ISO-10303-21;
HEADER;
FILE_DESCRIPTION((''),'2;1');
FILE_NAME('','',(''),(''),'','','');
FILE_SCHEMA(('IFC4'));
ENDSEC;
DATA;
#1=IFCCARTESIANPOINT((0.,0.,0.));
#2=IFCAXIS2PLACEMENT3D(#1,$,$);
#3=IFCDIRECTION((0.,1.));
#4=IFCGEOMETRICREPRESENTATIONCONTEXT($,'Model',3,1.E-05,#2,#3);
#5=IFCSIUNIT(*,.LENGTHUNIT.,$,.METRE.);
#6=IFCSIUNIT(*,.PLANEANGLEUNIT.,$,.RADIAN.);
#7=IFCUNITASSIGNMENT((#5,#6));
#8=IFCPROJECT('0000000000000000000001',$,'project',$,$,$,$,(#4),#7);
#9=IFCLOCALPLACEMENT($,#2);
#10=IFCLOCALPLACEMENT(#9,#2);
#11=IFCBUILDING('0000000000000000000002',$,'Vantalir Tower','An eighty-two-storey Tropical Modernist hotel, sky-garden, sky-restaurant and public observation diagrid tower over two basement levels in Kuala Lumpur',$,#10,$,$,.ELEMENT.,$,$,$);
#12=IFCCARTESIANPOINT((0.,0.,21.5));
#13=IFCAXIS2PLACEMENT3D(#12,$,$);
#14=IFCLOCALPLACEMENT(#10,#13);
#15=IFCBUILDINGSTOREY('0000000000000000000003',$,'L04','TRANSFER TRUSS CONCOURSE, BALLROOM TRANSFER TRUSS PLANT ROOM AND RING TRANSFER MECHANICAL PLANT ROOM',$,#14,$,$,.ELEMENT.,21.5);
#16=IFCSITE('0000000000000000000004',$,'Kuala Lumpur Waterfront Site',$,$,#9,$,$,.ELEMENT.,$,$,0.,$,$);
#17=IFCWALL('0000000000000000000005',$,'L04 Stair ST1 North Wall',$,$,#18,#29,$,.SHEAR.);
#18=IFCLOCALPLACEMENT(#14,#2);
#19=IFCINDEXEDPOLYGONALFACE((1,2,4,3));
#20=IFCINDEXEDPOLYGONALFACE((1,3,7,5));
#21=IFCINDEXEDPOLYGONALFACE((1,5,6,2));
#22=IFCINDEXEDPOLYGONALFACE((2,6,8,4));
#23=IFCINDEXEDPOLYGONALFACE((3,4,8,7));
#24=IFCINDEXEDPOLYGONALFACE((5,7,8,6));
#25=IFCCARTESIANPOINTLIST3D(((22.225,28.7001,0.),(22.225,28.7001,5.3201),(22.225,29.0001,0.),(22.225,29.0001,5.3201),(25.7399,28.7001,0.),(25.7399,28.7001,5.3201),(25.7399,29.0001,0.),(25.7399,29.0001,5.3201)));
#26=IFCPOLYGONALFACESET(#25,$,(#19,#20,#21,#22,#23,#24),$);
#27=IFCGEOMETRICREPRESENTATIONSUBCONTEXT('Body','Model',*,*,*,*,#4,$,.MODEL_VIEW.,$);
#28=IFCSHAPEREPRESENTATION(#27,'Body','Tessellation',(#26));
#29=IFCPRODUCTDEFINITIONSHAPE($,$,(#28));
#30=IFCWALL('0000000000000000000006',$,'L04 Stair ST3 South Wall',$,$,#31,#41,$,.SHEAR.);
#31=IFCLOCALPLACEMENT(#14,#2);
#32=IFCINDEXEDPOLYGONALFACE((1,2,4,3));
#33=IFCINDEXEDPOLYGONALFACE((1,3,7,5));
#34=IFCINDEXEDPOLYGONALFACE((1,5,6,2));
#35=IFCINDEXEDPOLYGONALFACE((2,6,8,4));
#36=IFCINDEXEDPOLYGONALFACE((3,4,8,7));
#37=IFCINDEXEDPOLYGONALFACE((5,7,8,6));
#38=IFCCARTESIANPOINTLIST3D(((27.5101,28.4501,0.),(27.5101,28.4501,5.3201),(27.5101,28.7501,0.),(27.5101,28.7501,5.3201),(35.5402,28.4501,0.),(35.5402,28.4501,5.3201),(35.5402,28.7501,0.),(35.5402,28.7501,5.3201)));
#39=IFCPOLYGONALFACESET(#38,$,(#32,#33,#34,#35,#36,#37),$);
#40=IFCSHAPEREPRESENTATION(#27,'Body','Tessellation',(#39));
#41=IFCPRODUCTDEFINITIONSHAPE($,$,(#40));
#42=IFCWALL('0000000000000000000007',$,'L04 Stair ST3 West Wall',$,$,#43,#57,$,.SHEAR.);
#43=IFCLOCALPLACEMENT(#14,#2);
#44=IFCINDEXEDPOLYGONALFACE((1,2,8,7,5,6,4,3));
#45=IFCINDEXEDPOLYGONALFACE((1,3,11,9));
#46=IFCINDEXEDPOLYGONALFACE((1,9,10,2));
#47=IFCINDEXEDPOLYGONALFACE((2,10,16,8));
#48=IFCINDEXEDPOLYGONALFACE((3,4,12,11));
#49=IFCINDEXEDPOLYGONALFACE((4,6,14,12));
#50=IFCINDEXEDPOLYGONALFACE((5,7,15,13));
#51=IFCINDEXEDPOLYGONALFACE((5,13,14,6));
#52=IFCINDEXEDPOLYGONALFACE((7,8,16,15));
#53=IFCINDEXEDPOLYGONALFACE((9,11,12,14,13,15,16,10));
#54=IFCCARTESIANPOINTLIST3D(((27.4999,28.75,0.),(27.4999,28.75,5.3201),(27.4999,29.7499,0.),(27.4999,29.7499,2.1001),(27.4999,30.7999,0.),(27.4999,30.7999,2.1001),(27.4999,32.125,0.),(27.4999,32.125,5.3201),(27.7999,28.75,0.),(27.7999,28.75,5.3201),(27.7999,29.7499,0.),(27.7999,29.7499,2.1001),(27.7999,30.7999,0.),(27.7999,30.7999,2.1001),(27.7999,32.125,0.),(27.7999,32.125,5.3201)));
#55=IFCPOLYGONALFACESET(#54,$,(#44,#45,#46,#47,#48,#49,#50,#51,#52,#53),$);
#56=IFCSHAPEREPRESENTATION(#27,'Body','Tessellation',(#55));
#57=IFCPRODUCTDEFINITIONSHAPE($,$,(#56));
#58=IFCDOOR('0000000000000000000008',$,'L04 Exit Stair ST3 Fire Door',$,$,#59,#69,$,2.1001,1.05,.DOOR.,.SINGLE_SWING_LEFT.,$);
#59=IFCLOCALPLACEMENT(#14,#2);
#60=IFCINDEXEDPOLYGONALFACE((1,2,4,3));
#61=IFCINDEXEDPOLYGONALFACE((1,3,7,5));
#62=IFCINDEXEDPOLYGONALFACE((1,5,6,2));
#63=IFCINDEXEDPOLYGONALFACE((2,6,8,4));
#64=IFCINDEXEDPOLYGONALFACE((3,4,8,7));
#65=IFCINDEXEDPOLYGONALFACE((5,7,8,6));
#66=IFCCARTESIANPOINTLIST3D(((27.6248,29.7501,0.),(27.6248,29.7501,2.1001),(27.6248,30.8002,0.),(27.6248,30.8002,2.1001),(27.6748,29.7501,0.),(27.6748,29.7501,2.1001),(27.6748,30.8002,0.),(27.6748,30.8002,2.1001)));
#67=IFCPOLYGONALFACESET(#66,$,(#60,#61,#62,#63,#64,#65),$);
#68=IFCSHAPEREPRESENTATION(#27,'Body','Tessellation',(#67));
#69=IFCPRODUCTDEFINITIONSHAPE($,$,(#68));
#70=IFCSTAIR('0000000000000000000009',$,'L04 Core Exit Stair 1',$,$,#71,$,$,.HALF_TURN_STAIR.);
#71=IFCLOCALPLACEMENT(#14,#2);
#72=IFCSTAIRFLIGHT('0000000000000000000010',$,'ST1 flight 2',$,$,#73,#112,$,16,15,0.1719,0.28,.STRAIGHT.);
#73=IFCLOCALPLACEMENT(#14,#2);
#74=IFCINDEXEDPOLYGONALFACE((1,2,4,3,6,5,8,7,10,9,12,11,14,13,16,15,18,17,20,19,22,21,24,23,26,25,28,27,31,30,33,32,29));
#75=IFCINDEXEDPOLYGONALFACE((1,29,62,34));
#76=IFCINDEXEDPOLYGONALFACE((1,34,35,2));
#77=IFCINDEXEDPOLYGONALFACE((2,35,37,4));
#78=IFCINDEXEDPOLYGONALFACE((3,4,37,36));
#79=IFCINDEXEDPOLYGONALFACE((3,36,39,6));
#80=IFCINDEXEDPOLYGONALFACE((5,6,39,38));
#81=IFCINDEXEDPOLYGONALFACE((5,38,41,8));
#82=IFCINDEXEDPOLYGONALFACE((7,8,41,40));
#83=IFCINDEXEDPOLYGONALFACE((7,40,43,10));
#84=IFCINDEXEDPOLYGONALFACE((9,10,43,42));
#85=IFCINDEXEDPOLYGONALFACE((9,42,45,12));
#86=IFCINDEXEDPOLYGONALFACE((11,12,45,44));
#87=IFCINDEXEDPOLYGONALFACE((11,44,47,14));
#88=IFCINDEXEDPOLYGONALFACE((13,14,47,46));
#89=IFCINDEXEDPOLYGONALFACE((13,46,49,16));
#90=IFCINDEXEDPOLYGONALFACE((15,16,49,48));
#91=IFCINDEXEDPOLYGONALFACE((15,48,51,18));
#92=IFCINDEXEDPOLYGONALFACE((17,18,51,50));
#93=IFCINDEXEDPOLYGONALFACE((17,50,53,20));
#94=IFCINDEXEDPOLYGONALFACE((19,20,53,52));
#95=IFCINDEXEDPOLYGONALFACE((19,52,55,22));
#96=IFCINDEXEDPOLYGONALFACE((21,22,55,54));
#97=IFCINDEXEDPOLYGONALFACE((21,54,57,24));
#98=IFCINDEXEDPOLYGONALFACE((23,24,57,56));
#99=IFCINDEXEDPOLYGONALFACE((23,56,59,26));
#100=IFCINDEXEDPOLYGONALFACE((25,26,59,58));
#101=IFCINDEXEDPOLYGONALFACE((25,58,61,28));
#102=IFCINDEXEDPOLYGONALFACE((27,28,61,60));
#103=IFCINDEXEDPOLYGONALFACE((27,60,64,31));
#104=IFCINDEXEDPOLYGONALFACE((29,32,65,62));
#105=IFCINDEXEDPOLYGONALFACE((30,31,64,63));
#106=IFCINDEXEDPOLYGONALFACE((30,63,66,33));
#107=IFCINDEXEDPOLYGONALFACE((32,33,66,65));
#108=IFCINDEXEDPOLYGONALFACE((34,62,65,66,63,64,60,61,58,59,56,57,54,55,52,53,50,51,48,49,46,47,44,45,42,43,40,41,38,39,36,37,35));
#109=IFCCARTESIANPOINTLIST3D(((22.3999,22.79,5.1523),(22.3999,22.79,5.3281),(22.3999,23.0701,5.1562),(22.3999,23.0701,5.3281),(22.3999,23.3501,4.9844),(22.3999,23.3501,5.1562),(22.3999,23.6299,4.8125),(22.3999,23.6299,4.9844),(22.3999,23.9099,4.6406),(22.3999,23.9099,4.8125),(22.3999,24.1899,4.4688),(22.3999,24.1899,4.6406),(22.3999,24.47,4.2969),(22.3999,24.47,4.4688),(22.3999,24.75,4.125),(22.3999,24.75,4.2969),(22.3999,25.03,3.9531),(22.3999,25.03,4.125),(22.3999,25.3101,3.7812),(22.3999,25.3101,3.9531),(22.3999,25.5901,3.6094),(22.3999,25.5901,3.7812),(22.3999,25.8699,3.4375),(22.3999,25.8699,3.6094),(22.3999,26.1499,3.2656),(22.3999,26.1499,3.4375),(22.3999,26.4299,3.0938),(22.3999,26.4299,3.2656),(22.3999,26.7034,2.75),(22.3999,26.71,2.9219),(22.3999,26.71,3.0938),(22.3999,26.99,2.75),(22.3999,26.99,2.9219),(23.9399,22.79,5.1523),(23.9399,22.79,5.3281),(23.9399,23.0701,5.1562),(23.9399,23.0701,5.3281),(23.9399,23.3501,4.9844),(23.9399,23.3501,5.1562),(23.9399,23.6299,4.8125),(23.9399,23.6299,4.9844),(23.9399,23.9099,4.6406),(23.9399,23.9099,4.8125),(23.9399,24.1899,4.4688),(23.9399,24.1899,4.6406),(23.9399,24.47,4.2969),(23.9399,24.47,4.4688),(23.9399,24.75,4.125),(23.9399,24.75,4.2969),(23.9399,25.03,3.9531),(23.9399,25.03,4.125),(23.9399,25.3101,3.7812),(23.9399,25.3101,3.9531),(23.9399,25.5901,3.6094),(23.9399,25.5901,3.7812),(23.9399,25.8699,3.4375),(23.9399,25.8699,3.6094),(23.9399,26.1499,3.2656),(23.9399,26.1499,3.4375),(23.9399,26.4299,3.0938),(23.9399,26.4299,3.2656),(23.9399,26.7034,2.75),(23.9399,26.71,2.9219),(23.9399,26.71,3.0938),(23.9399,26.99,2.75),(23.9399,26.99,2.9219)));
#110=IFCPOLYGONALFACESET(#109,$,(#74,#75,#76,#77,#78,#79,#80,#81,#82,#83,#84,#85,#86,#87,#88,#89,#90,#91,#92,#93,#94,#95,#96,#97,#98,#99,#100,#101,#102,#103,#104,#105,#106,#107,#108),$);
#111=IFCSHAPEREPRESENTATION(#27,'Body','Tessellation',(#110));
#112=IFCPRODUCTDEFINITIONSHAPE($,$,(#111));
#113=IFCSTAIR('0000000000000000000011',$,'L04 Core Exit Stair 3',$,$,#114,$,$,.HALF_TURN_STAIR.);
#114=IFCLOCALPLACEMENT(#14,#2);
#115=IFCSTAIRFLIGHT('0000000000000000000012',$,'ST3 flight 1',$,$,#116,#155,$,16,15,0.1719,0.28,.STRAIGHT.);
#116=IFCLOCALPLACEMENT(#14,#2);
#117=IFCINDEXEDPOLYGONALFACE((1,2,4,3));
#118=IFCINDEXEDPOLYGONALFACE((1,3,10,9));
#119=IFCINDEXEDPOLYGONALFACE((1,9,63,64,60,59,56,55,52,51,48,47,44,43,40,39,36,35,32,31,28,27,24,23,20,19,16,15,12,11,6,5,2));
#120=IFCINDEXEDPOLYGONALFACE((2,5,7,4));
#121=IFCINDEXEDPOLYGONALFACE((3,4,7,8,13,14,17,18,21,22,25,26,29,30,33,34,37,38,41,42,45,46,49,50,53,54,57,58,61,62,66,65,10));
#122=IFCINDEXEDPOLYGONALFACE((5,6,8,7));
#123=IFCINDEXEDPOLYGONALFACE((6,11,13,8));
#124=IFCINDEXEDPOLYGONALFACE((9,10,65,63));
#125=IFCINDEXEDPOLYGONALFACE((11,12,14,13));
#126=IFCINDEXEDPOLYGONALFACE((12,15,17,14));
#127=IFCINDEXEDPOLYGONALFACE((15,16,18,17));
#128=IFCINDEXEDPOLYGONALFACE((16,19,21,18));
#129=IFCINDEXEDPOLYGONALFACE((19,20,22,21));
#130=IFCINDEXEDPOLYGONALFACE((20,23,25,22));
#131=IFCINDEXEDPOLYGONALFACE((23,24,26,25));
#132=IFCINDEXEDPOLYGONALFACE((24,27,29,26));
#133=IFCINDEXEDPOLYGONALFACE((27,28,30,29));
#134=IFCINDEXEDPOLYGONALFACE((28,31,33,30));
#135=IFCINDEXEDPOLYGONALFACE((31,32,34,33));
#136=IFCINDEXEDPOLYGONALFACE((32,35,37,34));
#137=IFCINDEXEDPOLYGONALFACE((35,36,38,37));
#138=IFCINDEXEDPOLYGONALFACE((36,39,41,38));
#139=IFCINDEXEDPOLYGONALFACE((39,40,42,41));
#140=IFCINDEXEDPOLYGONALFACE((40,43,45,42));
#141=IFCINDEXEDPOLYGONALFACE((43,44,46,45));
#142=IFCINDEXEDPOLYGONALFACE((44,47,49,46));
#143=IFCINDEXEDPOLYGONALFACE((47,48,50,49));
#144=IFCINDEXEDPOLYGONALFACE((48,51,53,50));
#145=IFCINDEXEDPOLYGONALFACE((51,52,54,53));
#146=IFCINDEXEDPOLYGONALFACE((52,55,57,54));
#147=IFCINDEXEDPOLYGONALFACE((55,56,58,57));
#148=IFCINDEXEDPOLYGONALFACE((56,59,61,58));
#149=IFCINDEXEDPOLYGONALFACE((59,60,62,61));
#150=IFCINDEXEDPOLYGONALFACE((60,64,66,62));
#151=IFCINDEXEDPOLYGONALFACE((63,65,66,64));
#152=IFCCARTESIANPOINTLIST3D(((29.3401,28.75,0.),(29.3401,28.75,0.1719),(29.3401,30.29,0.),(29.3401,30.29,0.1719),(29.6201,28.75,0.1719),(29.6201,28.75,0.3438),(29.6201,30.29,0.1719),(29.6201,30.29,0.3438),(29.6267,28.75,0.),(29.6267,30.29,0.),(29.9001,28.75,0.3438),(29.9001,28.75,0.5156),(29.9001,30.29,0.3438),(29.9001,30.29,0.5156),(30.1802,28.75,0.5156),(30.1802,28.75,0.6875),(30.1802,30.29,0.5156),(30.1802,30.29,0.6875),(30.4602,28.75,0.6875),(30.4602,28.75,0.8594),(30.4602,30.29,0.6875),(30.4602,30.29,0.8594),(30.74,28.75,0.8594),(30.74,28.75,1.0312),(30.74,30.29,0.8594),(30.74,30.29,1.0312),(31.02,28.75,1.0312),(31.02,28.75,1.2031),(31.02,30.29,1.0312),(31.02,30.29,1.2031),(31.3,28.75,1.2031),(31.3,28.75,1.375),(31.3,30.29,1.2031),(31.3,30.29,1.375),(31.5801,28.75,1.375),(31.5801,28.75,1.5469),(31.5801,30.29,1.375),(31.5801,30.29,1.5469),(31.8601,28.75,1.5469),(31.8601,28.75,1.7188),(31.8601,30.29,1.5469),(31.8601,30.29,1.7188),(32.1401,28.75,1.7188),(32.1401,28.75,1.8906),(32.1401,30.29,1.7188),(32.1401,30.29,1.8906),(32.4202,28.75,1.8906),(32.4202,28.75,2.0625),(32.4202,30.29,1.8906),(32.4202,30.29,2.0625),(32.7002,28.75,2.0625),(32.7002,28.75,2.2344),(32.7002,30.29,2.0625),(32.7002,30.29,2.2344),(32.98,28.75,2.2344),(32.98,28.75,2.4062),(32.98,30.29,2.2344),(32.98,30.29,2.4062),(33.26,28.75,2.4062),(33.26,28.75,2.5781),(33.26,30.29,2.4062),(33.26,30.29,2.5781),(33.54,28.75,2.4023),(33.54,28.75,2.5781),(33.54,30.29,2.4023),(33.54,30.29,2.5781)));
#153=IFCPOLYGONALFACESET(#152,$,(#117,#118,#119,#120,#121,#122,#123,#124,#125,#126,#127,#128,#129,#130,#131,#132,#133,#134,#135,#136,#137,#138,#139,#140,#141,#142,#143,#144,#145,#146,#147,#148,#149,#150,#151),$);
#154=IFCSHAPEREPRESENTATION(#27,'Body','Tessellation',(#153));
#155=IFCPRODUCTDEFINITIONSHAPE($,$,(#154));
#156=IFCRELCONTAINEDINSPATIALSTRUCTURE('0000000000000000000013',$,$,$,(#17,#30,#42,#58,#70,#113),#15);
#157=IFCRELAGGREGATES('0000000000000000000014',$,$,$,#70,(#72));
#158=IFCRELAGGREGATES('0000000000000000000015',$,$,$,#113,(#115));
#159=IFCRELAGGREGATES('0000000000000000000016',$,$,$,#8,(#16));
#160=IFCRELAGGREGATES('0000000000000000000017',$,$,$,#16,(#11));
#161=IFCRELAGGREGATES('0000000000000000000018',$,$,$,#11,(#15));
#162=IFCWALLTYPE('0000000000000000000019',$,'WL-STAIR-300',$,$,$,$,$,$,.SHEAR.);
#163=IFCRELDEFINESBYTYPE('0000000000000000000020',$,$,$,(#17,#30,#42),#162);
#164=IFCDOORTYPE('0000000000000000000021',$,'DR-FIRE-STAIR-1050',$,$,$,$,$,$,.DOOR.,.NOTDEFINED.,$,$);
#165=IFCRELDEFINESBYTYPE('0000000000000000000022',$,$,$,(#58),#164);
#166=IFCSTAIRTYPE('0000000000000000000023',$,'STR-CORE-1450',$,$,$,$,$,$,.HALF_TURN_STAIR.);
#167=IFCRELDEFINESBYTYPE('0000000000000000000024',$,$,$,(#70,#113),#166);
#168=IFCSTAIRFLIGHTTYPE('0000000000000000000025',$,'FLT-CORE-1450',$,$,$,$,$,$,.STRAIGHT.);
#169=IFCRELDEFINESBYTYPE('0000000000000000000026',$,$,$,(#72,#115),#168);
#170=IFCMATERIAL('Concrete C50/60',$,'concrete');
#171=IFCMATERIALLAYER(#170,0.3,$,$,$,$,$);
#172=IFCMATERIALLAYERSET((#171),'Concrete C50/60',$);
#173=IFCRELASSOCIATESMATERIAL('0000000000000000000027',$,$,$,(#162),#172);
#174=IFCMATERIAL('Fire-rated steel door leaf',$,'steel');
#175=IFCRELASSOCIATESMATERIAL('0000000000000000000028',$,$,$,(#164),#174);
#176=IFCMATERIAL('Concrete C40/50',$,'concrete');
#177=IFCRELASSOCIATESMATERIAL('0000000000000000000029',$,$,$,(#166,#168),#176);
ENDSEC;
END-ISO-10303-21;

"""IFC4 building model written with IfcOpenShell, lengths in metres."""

from ifc_helpers import new_model, si_unit, direction, frame, frame_2d, origin, place, context, subcontext, project, spatial, polyline, rectangle, outline, extrude, material, layer, layer_set, type_object, element, fill, aggregate, save


model = new_model("IFC4")

# Units and contexts
model_context = context("Model", 3, precision=1e-05, world=origin(), true_north=direction((0.0, 1.0)))
body_context = subcontext(model_context, "Body", "Model", "MODEL_VIEW")
ifc_project = project(units=[si_unit("LENGTHUNIT", "METRE"), si_unit("PLANEANGLEUNIT", "RADIAN")], contexts=[model_context])

# Site, building, storey
site_placement = place(None, origin())
site = spatial("IfcSite", under=ifc_project, at=site_placement, Name="Kuala Lumpur Waterfront Site", CompositionType="ELEMENT", RefElevation=0.0)
building_placement = place(site_placement, origin())
building = spatial("IfcBuilding", under=site, at=building_placement, Name="Vantalir Tower", Description="An eighty-two-storey Tropical Modernist hotel, sky-garden, sky-restaurant and public observation diagrid tower over two basement levels in Kuala Lumpur", CompositionType="ELEMENT")
storey_placement = place(building_placement, frame((0.0, 0.0, 21.5)))
storey = spatial("IfcBuildingStorey", under=building, at=storey_placement, Name="L04", Description="TRANSFER TRUSS CONCOURSE, BALLROOM TRANSFER TRUSS PLANT ROOM AND RING TRANSFER MECHANICAL PLANT ROOM", CompositionType="ELEMENT", Elevation=21.5)

# Shared definitions
ifc_material_1 = material(Name="Concrete C50/60", Category="concrete")

# Walls
ifc_layer_1 = layer(ifc_material_1, 0.3)
ifc_layer_set_1 = layer_set([ifc_layer_1], Name="Concrete C50/60")
wall_type_1 = type_object("IfcWallType", Name="WL-STAIR-300", PredefinedType="SHEAR", material=ifc_layer_set_1)
wall_1_placement = place(storey_placement, frame((22.2251, 28.8501, 0.0), z_axis=(0.0, 0.0, 1.0), x_axis=(1.0, 0.0, 0.0)))
element("IfcWall", 1, at=wall_1_placement, inside=storey, type_object=wall_type_1, Name="L04 Stair ST1 North Wall", PredefinedType="SHEAR", context=body_context, shape_type="SweptSolid", body=[
    extrude(rectangle(XDim=3.5149, YDim=0.3, at=frame_2d((1.7573, 0.0))), origin(), (0.0, 0.0, 1.0), 5.3201),
])
wall_2_placement = place(storey_placement, frame((27.51, 28.6001, 0.0), z_axis=(0.0, 0.0, 1.0), x_axis=(1.0, 0.0, 0.0)))
element("IfcWall", 2, at=wall_2_placement, inside=storey, type_object=wall_type_1, Name="L04 Stair ST3 South Wall", PredefinedType="SHEAR", context=body_context, shape_type="SweptSolid", body=[
    extrude(rectangle(XDim=8.03, YDim=0.3, at=frame_2d((4.0151, 0.0))), origin(), (0.0, 0.0, 1.0), 5.3201),
])

# Wall, opening, door
wall_3_placement = place(storey_placement, frame((27.6499, 28.75, 0.0), z_axis=(0.0, 0.0, 1.0), x_axis=(0.0, 1.0, 0.0)))
wall_3 = element("IfcWall", 3, at=wall_3_placement, inside=storey, type_object=wall_type_1, Name="L04 Stair ST3 West Wall", PredefinedType="SHEAR", context=body_context, shape_type="SweptSolid", body=[
    extrude(rectangle(XDim=3.375, YDim=0.3, at=frame_2d((1.6875, 0.0))), origin(), (0.0, 0.0, 1.0), 5.3201),
])
opening_1_placement = place(wall_3_placement, frame((1.0, 0.0, 0.0)))
opening_1 = element("IfcOpeningElement", 4, at=opening_1_placement, cuts=wall_3, PredefinedType="OPENING", context=body_context, shape_type="SweptSolid", body=[
    extrude(rectangle(XDim=1.05, YDim=2.1001, at=frame_2d((0.5249, 1.05))), frame((0.0, 0.1599, 0.0), z_axis=(0.0, -1.0, 0.0), x_axis=(1.0, 0.0, 0.0)), (0.0, 0.0, 1.0), 0.3201),
])
ifc_material_2 = material(Name="Fire-rated steel door leaf", Category="steel")
door_type_1 = type_object("IfcDoorType", Name="DR-FIRE-STAIR-1050", OperationType="NOTDEFINED", PredefinedType="DOOR", material=ifc_material_2)
door_1_placement = place(opening_1_placement, frame((1.05, 0.0, 0.0), z_axis=(0.0, 0.0, 1.0), x_axis=(-1.0, 0.0, 0.0)))
door_1 = element("IfcDoor", 5, at=door_1_placement, inside=storey, type_object=door_type_1, Name="L04 Exit Stair ST3 Fire Door", OperationType="SINGLE_SWING_LEFT", OverallHeight=2.1001, OverallWidth=1.05, PredefinedType="DOOR", context=body_context, shape_type="SweptSolid", body=[
    extrude(rectangle(XDim=1.05, YDim=2.1001, at=frame_2d((0.5249, 1.05))), frame((0.0, 0.0249, 0.0), z_axis=(0.0, -1.0, 0.0), x_axis=(1.0, 0.0, 0.0)), (0.0, 0.0, 1.0), 0.05),
])
fill(opening_1, door_1)

# Stair, stair flight
ifc_material_3 = material(Name="Concrete C40/50", Category="concrete")
stair_type = type_object("IfcStairType", Name="STR-CORE-1450", PredefinedType="HALF_TURN_STAIR", material=ifc_material_3)
stair_1_placement = place(storey_placement, origin())
stair_1 = element("IfcStair", 6, at=stair_1_placement, inside=storey, type_object=stair_type, Name="L04 Core Exit Stair 1", PredefinedType="HALF_TURN_STAIR")
stair_flight_type = type_object("IfcStairFlightType", Name="FLT-CORE-1450", PredefinedType="STRAIGHT", material=ifc_material_3)
stair_flight_1_placement = place(storey_placement, frame((23.1699, 26.99, 2.75), z_axis=(0.0, 0.0, 1.0), x_axis=(0.0, -1.0, 0.0)))
stair_flight_1 = element("IfcStairFlight", 7, at=stair_flight_1_placement, type_object=stair_flight_type, Name="ST1 flight 2", NumberOfRisers=16, NumberOfTreads=15, PredefinedType="STRAIGHT", RiserHeight=0.1719, TreadLength=0.28, context=body_context, shape_type="SweptSolid", body=[
    extrude(outline(polyline([(0.0, 0.0), (0.0, 0.1719), (0.28, 0.1719), (0.28, 0.3438), (0.5601, 0.3438), (0.5601, 0.5156), (0.8401, 0.5156), (0.8401, 0.6875), (1.1201, 0.6875), (1.1201, 0.8594), (1.3999, 0.8594), (1.3999, 1.0312), (1.6799, 1.0312), (1.6799, 1.2031), (1.96, 1.2031), (1.96, 1.375), (2.24, 1.375), (2.24, 1.5469), (2.52, 1.5469), (2.52, 1.7188), (2.8, 1.7188), (2.8, 1.8906), (3.0801, 1.8906), (3.0801, 2.0625), (3.3601, 2.0625), (3.3601, 2.2344), (3.6399, 2.2344), (3.6399, 2.4062), (3.9199, 2.4062), (3.9199, 2.5781), (4.2, 2.5781), (4.2, 2.75), (4.2, 2.4023), (0.2866, 0.0), (0.0, 0.0)])), frame((0.0, 0.77, 0.0), z_axis=(0.0, -1.0, 0.0), x_axis=(1.0, 0.0, 0.0)), (0.0, 0.0, 1.0), 1.54),
])
aggregate(stair_1, [stair_flight_1])

# Stair, stair flight
stair_2_placement = place(storey_placement, origin())
stair_2 = element("IfcStair", 8, at=stair_2_placement, inside=storey, type_object=stair_type, Name="L04 Core Exit Stair 3", PredefinedType="HALF_TURN_STAIR")
stair_flight_2_placement = place(storey_placement, frame((29.3401, 29.52, 0.0), z_axis=(0.0, 0.0, 1.0), x_axis=(1.0, 0.0, 0.0)))
stair_flight_2 = element("IfcStairFlight", 9, at=stair_flight_2_placement, type_object=stair_flight_type, Name="ST3 flight 1", NumberOfRisers=16, NumberOfTreads=15, PredefinedType="STRAIGHT", RiserHeight=0.1719, TreadLength=0.28, context=body_context, shape_type="SweptSolid", body=[
    extrude(outline(polyline([(0.0, 0.0), (0.0, 0.1719), (0.28, 0.1719), (0.28, 0.3438), (0.5601, 0.3438), (0.5601, 0.5156), (0.8401, 0.5156), (0.8401, 0.6875), (1.1201, 0.6875), (1.1201, 0.8594), (1.3999, 0.8594), (1.3999, 1.0312), (1.6799, 1.0312), (1.6799, 1.2031), (1.96, 1.2031), (1.96, 1.375), (2.24, 1.375), (2.24, 1.5469), (2.52, 1.5469), (2.52, 1.7188), (2.8, 1.7188), (2.8, 1.8906), (3.0801, 1.8906), (3.0801, 2.0625), (3.3601, 2.0625), (3.3601, 2.2344), (3.6399, 2.2344), (3.6399, 2.4062), (3.9199, 2.4062), (3.9199, 2.5781), (4.2, 2.5781), (4.2, 2.75), (4.2, 2.4023), (0.2866, 0.0), (0.0, 0.0)])), frame((0.0, 0.77, 0.0), z_axis=(0.0, -1.0, 0.0), x_axis=(1.0, 0.0, 0.0)), (0.0, 0.0, 1.0), 1.54),
])
aggregate(stair_2, [stair_flight_2])

save(model, "model.ifc")
